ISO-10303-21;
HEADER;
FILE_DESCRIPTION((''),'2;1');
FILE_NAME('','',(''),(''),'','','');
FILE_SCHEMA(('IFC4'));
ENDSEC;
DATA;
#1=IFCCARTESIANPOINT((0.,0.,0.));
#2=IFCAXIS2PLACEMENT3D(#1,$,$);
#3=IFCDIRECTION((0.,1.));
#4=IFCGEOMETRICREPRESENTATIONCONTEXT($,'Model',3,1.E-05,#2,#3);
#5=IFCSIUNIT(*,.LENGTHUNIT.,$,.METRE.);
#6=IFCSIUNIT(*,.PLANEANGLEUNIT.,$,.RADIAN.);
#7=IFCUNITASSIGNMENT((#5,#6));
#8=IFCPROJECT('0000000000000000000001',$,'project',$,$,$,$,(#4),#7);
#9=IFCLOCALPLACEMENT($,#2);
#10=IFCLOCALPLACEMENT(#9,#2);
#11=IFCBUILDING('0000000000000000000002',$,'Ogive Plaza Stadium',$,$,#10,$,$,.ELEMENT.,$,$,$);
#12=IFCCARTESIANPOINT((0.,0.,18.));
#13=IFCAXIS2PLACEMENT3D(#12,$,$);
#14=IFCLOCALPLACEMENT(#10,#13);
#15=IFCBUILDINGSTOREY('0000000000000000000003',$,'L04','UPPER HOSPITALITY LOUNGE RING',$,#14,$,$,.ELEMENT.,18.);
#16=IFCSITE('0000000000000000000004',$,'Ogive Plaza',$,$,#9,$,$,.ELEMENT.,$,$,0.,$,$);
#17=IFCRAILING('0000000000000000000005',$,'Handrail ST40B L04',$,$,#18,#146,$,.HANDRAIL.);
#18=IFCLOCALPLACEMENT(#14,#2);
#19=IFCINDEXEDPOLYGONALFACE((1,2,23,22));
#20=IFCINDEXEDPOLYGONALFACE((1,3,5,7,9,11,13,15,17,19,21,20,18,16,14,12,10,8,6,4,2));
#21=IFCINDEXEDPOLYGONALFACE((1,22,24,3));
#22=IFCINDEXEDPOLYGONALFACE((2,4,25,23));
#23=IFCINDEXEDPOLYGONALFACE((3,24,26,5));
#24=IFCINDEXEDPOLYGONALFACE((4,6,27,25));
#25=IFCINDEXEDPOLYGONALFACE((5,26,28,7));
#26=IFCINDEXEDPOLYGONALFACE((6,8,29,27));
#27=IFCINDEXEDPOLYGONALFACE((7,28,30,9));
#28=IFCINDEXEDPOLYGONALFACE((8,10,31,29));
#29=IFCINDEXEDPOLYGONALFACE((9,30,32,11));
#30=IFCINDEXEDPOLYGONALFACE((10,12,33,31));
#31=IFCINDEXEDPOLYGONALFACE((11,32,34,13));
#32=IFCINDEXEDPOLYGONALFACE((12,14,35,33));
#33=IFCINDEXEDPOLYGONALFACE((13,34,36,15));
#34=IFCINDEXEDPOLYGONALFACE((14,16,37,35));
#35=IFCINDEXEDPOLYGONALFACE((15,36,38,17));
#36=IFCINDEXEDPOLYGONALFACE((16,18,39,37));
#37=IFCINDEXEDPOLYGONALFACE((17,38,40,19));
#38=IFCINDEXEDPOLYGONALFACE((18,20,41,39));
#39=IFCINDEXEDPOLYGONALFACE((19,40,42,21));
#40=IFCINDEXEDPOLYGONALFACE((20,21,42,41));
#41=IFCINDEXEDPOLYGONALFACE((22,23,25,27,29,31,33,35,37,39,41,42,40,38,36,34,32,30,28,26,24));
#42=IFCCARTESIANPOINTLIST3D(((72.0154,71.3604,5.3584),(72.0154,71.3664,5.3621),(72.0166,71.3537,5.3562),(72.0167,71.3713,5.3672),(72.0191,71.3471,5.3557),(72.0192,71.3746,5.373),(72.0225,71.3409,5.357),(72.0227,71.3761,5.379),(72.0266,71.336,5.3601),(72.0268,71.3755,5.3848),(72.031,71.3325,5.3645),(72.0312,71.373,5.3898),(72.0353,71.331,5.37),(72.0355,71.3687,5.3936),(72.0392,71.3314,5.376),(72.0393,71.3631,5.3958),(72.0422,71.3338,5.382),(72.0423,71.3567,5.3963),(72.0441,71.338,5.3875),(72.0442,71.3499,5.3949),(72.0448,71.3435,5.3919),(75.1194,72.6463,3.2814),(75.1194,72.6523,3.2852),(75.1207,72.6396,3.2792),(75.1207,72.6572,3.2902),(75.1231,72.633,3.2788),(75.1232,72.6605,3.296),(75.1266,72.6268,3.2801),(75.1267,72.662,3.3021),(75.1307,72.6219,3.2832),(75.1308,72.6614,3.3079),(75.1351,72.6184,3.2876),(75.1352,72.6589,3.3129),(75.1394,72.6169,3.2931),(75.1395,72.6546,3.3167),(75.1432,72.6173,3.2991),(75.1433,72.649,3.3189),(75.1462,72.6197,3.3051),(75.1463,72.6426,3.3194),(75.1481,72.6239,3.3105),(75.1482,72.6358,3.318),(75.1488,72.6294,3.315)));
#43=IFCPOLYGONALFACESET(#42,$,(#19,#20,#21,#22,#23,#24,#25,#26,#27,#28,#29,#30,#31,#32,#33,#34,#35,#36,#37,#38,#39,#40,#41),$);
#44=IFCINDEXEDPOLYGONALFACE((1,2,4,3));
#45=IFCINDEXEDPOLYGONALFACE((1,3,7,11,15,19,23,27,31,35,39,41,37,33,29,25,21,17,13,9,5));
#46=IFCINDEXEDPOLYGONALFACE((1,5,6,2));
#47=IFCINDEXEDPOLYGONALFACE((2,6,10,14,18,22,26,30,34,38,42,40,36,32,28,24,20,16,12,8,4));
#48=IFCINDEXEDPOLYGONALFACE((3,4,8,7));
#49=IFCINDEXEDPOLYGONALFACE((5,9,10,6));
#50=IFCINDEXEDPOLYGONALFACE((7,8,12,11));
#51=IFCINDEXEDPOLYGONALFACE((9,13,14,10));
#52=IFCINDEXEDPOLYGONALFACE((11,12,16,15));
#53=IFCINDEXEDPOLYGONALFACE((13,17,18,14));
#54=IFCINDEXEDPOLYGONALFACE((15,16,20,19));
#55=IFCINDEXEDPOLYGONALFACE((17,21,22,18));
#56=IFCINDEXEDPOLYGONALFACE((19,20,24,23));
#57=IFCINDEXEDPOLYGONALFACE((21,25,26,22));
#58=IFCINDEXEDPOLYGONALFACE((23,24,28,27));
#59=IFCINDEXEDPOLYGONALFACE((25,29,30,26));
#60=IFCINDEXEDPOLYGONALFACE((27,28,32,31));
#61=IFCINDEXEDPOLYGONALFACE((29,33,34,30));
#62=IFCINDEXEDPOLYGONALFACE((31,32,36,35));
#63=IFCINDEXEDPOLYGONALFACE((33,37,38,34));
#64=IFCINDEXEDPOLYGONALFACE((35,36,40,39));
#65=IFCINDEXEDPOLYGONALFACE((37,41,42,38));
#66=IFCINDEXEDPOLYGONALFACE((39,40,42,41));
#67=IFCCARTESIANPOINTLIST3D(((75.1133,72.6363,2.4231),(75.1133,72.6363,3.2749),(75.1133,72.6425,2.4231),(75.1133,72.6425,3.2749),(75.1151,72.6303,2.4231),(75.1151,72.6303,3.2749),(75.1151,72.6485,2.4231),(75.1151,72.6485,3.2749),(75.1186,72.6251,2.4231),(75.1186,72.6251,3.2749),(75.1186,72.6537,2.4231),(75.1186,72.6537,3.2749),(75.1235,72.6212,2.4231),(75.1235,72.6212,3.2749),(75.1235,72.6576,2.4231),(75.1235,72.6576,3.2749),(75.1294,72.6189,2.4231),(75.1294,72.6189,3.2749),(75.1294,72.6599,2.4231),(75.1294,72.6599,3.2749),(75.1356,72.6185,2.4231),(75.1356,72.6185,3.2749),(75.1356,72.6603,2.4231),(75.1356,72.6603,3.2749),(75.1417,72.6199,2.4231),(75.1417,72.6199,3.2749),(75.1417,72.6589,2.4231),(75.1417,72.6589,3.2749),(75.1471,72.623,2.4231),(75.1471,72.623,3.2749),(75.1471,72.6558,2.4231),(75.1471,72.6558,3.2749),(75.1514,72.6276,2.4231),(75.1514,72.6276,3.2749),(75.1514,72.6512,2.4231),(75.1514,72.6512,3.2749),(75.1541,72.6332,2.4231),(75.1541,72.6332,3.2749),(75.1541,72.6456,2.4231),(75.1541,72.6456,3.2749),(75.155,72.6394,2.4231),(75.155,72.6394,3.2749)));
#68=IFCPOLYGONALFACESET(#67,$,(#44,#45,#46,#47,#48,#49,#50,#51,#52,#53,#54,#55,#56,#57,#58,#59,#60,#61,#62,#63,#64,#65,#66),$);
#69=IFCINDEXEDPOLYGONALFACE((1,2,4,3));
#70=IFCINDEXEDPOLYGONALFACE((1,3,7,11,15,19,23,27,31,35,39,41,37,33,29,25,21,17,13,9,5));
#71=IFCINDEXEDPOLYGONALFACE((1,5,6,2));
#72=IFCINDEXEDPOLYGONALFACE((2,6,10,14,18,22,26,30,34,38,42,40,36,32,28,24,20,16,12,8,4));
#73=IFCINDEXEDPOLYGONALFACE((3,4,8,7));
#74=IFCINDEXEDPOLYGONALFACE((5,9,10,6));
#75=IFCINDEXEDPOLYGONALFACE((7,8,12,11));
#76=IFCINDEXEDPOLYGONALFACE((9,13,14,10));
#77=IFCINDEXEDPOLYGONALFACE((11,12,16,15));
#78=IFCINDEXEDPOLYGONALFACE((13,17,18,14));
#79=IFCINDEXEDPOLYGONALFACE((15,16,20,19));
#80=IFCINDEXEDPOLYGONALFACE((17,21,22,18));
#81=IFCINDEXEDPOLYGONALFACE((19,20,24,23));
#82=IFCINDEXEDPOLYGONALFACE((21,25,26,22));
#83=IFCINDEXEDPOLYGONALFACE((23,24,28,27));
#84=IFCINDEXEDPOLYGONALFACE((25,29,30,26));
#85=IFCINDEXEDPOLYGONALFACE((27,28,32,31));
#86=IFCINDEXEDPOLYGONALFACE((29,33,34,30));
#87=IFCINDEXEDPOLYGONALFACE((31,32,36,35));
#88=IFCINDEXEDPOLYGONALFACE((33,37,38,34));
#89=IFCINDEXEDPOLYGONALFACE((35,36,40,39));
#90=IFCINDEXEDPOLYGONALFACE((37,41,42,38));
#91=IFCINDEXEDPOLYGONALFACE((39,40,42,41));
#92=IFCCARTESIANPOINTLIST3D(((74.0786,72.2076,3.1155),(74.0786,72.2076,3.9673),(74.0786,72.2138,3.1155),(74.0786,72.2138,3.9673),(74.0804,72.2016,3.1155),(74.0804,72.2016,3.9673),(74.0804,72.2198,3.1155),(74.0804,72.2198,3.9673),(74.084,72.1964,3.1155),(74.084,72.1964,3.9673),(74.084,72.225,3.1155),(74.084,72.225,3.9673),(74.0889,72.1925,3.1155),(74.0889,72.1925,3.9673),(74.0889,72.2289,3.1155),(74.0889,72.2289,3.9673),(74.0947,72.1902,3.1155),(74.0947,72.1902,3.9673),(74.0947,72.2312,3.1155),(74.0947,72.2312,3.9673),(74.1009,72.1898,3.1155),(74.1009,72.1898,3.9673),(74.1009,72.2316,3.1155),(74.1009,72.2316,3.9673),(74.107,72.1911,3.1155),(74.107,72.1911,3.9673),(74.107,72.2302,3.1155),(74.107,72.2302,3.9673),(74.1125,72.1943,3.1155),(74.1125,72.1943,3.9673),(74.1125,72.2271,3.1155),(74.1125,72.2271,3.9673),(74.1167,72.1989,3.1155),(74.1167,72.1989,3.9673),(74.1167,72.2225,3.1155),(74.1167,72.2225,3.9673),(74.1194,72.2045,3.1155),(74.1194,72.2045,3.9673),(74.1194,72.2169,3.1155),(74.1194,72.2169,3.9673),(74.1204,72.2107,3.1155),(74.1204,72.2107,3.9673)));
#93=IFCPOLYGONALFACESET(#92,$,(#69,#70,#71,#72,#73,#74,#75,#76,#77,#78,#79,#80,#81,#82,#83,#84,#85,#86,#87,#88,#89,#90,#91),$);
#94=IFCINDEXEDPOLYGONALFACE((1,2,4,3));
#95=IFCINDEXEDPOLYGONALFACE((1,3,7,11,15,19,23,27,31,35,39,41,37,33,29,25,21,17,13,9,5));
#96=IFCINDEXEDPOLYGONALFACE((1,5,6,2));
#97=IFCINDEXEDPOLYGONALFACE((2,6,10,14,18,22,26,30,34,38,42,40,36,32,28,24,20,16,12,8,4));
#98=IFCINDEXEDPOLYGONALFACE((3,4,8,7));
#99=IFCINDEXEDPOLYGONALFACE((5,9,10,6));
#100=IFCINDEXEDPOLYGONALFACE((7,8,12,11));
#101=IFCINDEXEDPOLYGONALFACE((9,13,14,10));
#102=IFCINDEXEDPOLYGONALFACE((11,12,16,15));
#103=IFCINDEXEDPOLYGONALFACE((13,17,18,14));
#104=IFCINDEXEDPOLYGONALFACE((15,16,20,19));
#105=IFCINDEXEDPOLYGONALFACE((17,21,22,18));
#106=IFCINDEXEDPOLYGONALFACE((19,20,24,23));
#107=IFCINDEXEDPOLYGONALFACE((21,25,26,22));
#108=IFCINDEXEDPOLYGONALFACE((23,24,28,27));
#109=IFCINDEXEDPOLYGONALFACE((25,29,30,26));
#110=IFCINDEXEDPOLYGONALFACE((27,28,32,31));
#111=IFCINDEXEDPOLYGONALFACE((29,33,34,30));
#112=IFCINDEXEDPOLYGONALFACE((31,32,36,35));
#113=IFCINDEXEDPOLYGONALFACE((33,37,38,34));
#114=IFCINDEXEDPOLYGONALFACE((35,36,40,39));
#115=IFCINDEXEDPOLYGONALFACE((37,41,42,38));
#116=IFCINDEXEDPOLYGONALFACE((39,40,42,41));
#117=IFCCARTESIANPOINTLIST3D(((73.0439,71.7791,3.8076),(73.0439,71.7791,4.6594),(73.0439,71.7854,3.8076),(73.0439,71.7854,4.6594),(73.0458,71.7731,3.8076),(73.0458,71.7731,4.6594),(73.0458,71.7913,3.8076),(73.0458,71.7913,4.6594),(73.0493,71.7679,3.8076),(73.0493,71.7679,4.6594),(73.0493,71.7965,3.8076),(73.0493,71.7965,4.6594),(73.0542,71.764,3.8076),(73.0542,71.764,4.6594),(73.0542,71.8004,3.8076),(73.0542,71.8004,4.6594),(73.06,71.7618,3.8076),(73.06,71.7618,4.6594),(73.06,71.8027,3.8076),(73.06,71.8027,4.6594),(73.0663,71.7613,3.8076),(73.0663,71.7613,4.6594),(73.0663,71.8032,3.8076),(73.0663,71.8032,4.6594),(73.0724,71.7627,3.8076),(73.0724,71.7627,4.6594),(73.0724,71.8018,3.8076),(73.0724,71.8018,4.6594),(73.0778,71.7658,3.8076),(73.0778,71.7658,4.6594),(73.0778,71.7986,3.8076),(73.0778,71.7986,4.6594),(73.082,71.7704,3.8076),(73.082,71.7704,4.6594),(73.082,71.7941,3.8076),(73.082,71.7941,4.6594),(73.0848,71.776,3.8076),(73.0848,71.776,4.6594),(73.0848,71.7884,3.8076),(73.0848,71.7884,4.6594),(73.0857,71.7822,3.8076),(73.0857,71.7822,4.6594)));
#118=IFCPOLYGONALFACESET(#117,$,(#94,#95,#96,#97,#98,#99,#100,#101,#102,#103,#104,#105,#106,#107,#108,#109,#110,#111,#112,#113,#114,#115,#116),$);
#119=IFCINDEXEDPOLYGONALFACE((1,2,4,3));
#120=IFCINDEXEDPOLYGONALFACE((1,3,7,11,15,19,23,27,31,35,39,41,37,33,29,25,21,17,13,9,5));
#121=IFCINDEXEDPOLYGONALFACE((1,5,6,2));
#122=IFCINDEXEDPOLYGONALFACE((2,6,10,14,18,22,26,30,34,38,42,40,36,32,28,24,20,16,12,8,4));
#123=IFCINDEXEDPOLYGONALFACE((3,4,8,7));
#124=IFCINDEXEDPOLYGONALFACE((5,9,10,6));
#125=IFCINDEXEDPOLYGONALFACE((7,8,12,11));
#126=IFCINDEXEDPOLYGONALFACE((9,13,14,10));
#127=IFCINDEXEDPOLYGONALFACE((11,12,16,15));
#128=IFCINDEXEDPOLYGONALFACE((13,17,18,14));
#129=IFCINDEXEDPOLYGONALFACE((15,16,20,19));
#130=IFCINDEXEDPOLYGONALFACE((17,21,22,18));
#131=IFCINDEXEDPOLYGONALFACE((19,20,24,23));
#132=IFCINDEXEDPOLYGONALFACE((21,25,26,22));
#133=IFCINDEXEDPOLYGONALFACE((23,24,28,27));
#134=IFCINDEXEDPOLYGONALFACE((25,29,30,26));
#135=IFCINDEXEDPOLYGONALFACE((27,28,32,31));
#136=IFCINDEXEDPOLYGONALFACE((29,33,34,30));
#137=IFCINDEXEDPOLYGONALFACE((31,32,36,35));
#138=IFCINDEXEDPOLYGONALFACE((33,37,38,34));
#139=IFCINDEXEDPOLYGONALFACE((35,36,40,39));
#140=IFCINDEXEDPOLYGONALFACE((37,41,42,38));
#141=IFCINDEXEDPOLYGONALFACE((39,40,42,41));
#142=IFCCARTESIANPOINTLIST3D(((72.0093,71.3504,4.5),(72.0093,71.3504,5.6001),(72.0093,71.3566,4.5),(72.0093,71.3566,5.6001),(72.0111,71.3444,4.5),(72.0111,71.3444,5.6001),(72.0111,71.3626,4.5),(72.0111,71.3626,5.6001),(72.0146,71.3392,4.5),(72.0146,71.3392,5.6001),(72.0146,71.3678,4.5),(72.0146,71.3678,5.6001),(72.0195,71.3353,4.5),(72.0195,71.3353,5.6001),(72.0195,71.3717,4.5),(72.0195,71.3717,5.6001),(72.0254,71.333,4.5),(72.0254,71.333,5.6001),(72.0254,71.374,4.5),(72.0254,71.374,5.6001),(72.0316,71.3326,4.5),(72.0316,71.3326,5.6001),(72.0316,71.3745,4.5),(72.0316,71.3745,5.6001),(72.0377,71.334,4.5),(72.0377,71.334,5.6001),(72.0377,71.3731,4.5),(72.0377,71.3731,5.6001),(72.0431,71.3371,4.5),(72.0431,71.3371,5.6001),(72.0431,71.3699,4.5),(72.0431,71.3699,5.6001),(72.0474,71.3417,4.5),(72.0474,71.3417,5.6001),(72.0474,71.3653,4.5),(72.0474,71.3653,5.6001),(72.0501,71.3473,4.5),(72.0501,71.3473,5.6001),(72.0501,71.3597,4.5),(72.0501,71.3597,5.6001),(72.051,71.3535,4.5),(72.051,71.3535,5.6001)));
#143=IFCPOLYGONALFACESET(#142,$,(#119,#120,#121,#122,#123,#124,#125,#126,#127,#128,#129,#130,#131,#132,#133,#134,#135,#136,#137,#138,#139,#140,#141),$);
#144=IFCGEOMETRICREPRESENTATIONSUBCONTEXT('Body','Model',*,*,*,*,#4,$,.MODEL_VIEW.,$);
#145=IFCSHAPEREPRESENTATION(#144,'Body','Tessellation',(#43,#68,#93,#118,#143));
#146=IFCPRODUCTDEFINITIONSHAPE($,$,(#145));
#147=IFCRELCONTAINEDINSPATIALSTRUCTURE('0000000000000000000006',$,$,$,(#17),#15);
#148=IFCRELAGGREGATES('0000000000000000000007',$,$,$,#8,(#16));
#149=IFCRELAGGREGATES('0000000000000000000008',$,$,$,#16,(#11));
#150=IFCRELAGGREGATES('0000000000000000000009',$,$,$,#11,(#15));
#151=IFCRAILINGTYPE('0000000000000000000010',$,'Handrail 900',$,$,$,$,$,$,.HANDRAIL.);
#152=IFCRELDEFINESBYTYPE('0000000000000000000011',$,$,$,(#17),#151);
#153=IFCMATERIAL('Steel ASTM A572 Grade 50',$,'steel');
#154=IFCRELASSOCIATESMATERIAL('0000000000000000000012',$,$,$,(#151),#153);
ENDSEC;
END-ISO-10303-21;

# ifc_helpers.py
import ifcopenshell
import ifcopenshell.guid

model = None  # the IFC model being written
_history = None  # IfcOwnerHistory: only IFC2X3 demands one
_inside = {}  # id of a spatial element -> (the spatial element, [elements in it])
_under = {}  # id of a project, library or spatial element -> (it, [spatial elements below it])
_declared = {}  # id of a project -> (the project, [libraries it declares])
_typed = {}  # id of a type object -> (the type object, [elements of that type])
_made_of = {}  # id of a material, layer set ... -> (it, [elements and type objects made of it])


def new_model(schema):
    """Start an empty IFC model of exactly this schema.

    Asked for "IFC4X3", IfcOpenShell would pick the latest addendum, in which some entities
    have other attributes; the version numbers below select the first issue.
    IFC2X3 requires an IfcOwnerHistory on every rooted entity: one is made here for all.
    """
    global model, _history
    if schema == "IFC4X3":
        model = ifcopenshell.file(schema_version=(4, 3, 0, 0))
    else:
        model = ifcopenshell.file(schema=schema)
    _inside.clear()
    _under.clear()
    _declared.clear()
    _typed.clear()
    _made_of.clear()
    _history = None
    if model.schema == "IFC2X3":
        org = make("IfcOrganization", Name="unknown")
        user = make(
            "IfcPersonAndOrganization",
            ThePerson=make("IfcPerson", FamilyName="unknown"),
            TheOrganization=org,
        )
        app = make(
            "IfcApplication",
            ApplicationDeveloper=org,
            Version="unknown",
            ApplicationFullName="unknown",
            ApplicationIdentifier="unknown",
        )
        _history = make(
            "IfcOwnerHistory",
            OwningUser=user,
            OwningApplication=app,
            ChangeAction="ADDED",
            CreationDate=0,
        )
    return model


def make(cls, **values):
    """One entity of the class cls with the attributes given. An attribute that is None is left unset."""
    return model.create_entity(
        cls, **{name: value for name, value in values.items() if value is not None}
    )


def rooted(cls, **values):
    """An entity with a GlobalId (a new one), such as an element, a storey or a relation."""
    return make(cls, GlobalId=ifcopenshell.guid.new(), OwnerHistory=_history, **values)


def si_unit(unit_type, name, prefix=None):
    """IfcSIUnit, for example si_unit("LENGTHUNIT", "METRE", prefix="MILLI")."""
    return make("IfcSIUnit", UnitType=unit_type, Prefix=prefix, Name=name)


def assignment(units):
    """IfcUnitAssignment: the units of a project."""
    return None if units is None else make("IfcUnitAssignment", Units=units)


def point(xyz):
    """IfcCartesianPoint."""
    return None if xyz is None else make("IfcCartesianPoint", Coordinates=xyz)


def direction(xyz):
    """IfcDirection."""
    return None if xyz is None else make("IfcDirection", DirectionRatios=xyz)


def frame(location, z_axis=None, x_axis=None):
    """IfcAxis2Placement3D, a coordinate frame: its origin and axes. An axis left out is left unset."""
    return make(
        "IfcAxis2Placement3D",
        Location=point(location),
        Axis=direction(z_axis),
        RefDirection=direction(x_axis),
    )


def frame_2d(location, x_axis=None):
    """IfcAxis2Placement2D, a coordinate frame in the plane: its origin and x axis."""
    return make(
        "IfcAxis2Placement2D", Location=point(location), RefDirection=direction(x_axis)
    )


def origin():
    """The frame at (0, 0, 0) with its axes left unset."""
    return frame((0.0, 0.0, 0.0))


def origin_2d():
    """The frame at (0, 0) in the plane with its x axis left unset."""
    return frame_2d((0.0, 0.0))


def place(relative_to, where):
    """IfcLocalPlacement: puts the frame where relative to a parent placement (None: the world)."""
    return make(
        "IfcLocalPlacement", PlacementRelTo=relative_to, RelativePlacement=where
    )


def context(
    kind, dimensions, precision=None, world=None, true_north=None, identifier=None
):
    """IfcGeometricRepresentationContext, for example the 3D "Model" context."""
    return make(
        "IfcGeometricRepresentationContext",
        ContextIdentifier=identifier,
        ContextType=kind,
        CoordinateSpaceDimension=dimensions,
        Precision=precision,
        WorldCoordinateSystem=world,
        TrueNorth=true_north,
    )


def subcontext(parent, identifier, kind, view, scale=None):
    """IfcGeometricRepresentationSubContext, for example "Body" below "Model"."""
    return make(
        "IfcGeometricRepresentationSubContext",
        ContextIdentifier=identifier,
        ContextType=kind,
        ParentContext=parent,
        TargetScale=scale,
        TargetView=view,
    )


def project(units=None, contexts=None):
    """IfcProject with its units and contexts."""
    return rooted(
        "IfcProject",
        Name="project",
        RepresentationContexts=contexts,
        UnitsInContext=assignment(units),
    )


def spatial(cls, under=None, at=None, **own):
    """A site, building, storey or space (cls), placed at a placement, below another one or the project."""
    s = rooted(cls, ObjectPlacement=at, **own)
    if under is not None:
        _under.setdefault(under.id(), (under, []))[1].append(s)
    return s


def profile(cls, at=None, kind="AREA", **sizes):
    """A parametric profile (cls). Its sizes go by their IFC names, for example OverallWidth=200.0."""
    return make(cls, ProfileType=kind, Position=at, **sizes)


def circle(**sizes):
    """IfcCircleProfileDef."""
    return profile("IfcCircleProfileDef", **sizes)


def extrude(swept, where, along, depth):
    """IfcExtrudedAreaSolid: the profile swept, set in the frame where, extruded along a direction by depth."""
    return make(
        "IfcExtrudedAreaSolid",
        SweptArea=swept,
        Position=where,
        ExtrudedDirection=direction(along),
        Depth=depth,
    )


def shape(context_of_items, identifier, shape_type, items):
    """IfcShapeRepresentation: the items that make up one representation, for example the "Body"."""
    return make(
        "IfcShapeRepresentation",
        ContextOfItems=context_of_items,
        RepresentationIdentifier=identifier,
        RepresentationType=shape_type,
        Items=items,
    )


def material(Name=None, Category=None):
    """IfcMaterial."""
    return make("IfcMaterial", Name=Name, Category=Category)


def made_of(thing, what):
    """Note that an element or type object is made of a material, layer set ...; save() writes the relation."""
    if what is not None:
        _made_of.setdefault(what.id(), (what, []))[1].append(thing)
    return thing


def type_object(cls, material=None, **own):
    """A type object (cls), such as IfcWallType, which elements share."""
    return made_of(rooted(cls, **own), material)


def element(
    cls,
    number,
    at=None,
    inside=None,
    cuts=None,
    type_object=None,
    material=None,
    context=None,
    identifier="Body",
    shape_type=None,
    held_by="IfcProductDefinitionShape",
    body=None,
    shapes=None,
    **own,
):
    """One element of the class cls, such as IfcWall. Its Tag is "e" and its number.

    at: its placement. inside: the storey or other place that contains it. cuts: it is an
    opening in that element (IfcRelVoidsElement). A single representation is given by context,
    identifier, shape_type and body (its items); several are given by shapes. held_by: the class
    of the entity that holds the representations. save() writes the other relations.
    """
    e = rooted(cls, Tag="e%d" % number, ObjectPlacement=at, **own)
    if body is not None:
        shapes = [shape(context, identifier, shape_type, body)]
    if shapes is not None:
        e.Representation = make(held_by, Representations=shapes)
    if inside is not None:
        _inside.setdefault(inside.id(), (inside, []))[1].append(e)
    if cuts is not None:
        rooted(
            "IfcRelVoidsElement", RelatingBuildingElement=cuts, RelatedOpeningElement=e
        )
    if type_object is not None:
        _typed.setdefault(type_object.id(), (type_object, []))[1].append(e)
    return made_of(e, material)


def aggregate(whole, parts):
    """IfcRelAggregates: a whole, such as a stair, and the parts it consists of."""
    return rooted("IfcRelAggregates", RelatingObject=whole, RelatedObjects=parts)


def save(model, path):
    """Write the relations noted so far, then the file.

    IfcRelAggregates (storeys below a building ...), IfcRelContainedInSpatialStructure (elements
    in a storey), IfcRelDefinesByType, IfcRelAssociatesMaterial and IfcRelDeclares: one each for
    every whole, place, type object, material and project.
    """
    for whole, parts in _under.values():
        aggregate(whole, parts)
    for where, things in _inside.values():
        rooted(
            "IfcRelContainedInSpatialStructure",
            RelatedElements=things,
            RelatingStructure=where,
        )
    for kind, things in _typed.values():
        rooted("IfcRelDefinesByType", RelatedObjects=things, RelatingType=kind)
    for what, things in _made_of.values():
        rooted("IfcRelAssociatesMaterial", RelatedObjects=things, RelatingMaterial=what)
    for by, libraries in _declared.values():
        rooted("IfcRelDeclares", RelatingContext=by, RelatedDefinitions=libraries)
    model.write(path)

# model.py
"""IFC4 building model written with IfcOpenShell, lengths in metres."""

from ifc_helpers import new_model, si_unit, direction, frame, origin, origin_2d, place, context, subcontext, project, spatial, circle, extrude, material, type_object, element, save


model = new_model("IFC4")

# Units and contexts
model_context = context("Model", 3, precision=1e-05, world=origin(), true_north=direction((0.0, 1.0)))
body_context = subcontext(model_context, "Body", "Model", "MODEL_VIEW")
ifc_project = project(units=[si_unit("LENGTHUNIT", "METRE"), si_unit("PLANEANGLEUNIT", "RADIAN")], contexts=[model_context])

# Site, building, storey
site_placement = place(None, origin())
site = spatial("IfcSite", under=ifc_project, at=site_placement, Name="Ogive Plaza", CompositionType="ELEMENT", RefElevation=0.0)
building_placement = place(site_placement, origin())
building = spatial("IfcBuilding", under=site, at=building_placement, Name="Ogive Plaza Stadium", CompositionType="ELEMENT")
storey_placement = place(building_placement, frame((0.0, 0.0, 18.0)))
storey = spatial("IfcBuildingStorey", under=building, at=storey_placement, Name="L04", Description="UPPER HOSPITALITY LOUNGE RING", CompositionType="ELEMENT", Elevation=18.0)

# Railing
ifc_material_1 = material(Name="Steel ASTM A572 Grade 50", Category="steel")
railing_type_1 = type_object("IfcRailingType", Name="Handrail 900", PredefinedType="HANDRAIL", material=ifc_material_1)
railing_1_placement = place(storey_placement, frame((75.134, 72.6394, 2.4231)))
element("IfcRailing", 1, at=railing_1_placement, inside=storey, type_object=railing_type_1, Name="Handrail ST40B L04", PredefinedType="HANDRAIL", context=body_context, shape_type="SweptSolid", body=[
    extrude(circle(Radius=0.0239, at=origin_2d()), frame((0.0, 0.0, 0.876), z_axis=(-0.785839, -0.325548, 0.525809), x_axis=(0.382726, -0.923862, 0.0)), (0.0, 0.0, 1.0), 3.95),
    extrude(circle(Radius=0.021, at=origin_2d()), origin(), (0.0, 0.0, 1.0), 0.8518),
    extrude(circle(Radius=0.021, at=origin_2d()), frame((-1.0347, -0.4287, 0.6924)), (0.0, 0.0, 1.0), 0.8518),
    extrude(circle(Radius=0.021, at=origin_2d()), frame((-2.0693, -0.8572, 1.3845)), (0.0, 0.0, 1.0), 0.8518),
    extrude(circle(Radius=0.021, at=origin_2d()), frame((-3.104, -1.2859, 2.0769)), (0.0, 0.0, 1.0), 1.1001),
])

save(model, "model.ifc")
